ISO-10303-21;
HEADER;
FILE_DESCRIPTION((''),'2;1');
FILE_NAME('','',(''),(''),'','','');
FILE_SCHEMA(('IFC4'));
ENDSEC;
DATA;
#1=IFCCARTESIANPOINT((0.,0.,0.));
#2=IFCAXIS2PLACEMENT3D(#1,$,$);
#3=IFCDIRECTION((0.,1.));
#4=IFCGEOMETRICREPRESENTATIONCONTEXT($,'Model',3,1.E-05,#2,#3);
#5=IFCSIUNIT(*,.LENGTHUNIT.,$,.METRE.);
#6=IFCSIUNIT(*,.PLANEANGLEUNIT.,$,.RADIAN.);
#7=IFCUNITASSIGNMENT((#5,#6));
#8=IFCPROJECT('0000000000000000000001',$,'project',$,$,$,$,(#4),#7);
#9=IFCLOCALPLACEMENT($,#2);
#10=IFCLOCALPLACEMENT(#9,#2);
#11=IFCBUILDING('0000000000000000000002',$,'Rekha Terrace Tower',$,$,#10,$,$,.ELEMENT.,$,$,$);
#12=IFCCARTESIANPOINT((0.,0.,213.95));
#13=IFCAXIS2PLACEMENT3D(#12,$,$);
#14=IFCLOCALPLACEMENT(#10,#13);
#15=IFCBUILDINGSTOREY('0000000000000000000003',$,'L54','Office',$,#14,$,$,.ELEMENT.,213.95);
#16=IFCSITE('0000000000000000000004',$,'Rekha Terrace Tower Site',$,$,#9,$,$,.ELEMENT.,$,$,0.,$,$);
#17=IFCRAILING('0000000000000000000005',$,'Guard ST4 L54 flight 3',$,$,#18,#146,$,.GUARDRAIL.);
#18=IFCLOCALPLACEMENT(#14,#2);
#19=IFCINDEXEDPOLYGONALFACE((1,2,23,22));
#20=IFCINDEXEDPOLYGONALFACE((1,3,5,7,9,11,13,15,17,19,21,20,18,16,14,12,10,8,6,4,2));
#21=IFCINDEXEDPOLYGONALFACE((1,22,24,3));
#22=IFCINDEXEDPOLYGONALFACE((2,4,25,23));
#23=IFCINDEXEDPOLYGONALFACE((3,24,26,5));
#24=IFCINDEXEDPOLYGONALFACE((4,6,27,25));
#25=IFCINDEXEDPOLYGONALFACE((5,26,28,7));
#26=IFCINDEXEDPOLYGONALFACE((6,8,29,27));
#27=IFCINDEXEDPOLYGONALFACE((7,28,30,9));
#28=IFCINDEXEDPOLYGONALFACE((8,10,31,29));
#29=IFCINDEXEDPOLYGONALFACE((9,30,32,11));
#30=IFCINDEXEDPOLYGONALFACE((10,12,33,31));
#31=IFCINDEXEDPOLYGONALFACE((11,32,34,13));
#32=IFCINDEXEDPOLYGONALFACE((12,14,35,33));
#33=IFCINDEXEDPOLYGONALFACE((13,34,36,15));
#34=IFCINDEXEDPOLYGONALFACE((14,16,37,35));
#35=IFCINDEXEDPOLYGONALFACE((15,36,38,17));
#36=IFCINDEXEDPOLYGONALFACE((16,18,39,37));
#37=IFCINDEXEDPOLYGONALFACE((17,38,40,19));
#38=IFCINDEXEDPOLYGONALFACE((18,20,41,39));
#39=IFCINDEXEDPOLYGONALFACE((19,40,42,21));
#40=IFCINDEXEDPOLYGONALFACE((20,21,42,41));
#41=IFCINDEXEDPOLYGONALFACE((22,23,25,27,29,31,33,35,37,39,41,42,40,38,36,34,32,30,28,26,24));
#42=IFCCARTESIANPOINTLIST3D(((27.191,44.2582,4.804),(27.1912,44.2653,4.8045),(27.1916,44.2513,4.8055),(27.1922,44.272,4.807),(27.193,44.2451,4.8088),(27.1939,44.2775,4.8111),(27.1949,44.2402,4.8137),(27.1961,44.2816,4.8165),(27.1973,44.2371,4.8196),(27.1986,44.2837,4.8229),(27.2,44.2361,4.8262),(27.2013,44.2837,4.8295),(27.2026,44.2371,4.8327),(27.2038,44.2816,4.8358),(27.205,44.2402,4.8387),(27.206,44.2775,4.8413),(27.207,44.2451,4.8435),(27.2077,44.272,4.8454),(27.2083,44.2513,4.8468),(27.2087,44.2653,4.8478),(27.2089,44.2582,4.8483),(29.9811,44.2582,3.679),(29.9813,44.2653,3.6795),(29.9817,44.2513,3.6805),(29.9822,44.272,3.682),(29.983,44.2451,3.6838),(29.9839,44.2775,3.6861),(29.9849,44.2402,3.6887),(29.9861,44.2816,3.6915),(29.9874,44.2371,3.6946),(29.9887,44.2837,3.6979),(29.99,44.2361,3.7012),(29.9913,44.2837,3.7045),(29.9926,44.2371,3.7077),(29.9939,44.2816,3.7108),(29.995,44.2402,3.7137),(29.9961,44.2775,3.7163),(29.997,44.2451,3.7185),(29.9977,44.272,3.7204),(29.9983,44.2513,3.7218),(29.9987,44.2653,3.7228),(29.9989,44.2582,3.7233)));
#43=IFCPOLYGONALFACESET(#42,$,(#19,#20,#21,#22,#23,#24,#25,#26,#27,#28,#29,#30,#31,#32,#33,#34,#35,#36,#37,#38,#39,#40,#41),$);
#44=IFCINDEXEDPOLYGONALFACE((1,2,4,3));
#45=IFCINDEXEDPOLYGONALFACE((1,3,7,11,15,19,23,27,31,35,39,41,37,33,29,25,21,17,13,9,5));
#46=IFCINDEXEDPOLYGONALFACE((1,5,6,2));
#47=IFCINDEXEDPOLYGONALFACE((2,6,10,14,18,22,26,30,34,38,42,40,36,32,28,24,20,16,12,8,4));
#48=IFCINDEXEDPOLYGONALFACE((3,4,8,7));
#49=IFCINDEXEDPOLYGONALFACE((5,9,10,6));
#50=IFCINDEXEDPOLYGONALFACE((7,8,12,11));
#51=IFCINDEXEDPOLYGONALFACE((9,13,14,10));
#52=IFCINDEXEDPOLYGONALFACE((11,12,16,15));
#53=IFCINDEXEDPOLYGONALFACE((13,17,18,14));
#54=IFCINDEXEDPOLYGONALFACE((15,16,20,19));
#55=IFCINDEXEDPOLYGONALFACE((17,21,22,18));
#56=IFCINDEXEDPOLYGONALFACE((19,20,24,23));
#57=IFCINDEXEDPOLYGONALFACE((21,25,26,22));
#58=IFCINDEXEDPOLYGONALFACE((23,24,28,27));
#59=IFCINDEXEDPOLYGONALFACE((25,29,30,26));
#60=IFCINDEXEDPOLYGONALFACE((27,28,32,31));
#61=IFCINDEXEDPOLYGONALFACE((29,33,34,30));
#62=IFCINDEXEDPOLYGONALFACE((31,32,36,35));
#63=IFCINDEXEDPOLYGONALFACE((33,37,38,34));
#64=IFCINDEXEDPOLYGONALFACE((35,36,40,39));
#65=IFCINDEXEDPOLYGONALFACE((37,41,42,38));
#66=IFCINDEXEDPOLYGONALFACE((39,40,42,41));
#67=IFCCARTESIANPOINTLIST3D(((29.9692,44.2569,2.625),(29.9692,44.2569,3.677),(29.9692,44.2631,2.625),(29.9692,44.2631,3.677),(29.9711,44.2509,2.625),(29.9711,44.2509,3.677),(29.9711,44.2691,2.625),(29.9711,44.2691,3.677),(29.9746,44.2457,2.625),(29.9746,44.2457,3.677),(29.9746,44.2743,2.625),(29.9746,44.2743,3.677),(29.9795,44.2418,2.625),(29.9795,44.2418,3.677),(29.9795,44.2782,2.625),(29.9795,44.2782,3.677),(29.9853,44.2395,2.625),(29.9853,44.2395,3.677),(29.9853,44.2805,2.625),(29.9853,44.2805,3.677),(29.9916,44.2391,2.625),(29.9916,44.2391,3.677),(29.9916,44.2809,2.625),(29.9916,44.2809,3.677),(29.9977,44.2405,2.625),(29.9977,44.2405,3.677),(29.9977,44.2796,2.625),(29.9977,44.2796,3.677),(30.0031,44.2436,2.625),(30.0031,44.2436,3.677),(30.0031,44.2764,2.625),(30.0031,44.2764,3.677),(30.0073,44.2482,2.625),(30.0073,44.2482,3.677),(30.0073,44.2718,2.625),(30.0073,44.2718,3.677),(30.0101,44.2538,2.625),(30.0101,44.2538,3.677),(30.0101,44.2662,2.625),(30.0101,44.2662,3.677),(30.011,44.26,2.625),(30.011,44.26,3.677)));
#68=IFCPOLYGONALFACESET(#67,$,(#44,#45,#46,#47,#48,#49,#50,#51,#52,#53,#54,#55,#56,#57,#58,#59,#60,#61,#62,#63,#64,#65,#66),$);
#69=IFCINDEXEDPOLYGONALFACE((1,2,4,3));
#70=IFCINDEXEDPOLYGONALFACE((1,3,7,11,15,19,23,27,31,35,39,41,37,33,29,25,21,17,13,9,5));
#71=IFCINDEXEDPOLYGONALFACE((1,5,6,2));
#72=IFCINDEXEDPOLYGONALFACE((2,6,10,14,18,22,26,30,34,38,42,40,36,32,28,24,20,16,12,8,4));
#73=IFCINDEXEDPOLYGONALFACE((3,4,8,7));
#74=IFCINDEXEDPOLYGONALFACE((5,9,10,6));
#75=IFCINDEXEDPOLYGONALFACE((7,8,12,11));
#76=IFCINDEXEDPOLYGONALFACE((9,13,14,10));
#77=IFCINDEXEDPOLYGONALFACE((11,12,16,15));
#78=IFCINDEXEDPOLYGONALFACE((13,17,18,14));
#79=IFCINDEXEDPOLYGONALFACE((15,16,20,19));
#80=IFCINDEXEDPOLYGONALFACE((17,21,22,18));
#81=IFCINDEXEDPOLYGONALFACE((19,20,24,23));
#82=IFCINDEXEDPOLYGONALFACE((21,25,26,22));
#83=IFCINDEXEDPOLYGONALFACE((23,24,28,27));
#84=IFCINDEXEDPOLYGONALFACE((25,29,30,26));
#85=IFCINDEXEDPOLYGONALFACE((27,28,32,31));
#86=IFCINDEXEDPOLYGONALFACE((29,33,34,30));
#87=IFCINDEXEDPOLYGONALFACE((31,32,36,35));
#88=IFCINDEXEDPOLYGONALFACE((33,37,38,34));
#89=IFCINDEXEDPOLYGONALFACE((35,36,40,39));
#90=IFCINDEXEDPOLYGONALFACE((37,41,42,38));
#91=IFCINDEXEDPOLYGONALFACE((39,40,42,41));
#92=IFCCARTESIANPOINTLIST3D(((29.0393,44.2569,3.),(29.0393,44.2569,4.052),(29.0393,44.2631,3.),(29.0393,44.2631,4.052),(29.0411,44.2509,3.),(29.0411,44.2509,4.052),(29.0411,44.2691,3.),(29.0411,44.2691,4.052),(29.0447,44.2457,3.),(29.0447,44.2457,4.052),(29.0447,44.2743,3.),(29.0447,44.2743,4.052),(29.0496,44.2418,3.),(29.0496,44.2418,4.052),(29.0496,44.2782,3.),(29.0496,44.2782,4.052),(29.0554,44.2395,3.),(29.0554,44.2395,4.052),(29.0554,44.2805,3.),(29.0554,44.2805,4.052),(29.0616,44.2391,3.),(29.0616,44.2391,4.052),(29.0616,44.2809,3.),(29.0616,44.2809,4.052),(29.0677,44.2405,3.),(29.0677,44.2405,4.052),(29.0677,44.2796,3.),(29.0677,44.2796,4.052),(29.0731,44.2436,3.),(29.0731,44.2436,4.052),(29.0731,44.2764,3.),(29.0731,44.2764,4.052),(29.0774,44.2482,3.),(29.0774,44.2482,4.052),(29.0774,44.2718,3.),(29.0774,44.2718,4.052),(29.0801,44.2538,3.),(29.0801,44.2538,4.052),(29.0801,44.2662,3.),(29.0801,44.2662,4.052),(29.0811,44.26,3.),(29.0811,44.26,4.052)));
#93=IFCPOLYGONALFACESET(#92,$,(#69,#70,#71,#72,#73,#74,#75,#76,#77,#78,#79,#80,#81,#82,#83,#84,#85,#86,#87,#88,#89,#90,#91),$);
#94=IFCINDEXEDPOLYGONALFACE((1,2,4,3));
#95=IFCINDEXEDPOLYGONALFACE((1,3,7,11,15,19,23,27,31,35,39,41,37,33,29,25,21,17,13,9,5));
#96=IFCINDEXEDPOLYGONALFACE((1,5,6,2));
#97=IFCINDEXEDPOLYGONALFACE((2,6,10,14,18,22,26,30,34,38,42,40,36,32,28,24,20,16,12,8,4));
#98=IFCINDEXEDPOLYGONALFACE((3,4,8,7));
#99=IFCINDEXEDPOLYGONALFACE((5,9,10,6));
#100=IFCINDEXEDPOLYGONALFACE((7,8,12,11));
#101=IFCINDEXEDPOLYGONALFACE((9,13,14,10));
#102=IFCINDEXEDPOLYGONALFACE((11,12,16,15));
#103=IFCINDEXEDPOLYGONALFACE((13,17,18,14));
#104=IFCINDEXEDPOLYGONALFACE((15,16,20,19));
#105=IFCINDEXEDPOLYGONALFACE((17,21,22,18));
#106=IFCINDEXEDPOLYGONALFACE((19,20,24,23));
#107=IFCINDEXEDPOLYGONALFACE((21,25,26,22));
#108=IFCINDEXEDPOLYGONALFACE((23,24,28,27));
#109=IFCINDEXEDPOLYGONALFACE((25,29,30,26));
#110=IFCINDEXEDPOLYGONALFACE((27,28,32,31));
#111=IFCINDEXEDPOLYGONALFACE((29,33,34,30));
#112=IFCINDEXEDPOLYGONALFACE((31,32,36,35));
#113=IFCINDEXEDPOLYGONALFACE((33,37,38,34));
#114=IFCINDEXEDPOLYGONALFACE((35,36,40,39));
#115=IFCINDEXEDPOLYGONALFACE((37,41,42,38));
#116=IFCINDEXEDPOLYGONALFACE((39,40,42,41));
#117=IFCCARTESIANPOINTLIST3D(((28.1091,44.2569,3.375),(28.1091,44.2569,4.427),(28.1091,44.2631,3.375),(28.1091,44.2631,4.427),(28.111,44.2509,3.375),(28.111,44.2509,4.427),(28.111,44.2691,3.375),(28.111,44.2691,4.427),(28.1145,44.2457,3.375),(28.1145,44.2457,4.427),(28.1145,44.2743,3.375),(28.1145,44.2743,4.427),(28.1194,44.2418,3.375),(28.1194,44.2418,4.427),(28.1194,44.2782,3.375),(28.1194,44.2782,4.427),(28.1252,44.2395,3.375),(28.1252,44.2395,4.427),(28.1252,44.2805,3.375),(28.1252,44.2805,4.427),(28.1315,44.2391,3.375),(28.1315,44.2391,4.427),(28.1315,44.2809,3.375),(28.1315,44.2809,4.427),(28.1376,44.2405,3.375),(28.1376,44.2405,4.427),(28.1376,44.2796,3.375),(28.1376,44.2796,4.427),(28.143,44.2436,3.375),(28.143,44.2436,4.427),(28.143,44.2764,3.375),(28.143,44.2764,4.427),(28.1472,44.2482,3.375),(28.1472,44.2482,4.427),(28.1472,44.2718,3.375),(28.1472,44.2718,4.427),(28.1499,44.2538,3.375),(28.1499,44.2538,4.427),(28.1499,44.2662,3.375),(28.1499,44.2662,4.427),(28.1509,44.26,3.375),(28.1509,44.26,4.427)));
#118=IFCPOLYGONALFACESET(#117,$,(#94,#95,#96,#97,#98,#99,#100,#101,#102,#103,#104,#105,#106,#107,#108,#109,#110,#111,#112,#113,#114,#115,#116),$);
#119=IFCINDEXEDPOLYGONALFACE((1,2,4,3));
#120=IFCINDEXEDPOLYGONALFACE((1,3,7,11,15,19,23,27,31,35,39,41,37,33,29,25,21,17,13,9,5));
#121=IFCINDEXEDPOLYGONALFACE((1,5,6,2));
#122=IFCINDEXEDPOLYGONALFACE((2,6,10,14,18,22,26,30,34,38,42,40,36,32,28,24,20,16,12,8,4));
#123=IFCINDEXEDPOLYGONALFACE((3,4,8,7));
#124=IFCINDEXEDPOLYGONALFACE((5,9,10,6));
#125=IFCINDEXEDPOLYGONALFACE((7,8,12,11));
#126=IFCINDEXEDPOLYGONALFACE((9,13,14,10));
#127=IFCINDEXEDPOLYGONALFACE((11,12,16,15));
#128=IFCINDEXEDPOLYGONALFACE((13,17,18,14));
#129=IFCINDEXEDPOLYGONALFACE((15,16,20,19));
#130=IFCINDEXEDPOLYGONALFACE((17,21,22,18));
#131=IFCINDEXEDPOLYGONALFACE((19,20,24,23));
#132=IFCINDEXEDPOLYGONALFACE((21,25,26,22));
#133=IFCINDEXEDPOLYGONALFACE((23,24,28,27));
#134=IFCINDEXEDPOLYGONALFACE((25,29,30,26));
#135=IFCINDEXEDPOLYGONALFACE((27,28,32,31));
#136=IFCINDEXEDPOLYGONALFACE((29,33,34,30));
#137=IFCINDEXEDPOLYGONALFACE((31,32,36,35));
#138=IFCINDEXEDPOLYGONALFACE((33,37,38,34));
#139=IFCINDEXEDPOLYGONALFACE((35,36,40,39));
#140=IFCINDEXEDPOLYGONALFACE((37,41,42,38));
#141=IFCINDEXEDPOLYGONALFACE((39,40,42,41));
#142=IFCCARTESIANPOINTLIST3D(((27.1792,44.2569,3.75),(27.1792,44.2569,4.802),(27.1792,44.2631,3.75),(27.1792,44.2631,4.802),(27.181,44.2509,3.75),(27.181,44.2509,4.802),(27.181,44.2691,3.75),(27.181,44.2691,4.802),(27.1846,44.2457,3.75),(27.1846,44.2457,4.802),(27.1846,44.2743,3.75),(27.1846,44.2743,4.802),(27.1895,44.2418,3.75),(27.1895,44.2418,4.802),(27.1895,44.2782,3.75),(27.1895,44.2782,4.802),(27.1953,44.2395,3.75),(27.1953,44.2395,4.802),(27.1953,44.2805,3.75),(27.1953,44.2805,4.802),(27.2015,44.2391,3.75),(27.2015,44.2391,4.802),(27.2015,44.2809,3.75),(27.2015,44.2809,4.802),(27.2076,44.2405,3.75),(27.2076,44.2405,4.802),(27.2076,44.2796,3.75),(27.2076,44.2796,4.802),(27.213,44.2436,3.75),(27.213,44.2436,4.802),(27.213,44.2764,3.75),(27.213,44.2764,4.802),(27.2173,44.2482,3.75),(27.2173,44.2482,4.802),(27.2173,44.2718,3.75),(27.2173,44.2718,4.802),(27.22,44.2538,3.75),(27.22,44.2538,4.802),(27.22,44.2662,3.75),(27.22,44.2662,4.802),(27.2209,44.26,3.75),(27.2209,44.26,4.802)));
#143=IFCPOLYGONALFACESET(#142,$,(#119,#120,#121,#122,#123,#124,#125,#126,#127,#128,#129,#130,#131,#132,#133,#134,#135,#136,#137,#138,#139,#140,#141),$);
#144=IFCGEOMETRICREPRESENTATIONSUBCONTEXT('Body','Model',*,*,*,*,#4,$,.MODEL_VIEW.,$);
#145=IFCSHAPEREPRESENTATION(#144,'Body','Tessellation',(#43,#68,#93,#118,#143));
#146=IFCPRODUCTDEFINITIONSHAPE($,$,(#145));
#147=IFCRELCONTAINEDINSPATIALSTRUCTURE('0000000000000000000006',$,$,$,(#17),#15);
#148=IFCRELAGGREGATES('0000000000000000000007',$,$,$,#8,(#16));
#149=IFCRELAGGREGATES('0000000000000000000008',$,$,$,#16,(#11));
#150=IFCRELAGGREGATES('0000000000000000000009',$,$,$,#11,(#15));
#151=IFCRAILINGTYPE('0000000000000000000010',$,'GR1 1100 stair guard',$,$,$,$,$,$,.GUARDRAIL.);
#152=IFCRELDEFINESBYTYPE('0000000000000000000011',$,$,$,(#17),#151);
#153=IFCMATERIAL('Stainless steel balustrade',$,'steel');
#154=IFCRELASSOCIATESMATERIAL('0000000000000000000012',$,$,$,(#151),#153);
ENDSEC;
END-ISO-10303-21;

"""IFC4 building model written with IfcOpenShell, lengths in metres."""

from ifc_helpers import new_model, si_unit, direction, frame, origin, origin_2d, place, context, subcontext, project, spatial, circle, extrude, material, type_object, element, save


model = new_model("IFC4")

# Units and contexts
model_context = context("Model", 3, precision=1e-05, world=origin(), true_north=direction((0.0, 1.0)))
body_context = subcontext(model_context, "Body", "Model", "MODEL_VIEW")
ifc_project = project(units=[si_unit("LENGTHUNIT", "METRE"), si_unit("PLANEANGLEUNIT", "RADIAN")], contexts=[model_context])

# Site, building, storey
site_placement = place(None, origin())
site = spatial("IfcSite", under=ifc_project, at=site_placement, Name="Rekha Terrace Tower Site", CompositionType="ELEMENT", RefElevation=0.0)
building_placement = place(site_placement, origin())
building = spatial("IfcBuilding", under=site, at=building_placement, Name="Rekha Terrace Tower", CompositionType="ELEMENT")
storey_placement = place(building_placement, frame((0.0, 0.0, 213.95)))
storey = spatial("IfcBuildingStorey", under=building, at=storey_placement, Name="L54", Description="Office", CompositionType="ELEMENT", Elevation=213.95)

# Railing
ifc_material_1 = material(Name="Stainless steel balustrade", Category="steel")
railing_type_1 = type_object("IfcRailingType", Name="GR1 1100 stair guard", PredefinedType="GUARDRAIL", material=ifc_material_1)
railing_1_placement = place(storey_placement, frame((29.99, 44.26, 2.625)))
element("IfcRailing", 1, at=railing_1_placement, inside=storey, type_object=railing_type_1, Name="Guard ST4 L54 flight 3", PredefinedType="GUARDRAIL", context=body_context, shape_type="SweptSolid", body=[
    extrude(circle(Radius=0.0239, at=origin_2d()), frame((0.0, 0.0, 1.0762), z_axis=(-0.927443, 0.0, 0.373964), x_axis=(0.0, -1.0, 0.0)), (0.0, 0.0, 1.0), 3.0083),
    extrude(circle(Radius=0.021, at=origin_2d()), origin(), (0.0, 0.0, 1.0), 1.052),
    extrude(circle(Radius=0.021, at=origin_2d()), frame((-0.9299, 0.0, 0.375)), (0.0, 0.0, 1.0), 1.052),
    extrude(circle(Radius=0.021, at=origin_2d()), frame((-1.8601, 0.0, 0.75)), (0.0, 0.0, 1.0), 1.052),
    extrude(circle(Radius=0.021, at=origin_2d()), frame((-2.79, 0.0, 1.125)), (0.0, 0.0, 1.0), 1.052),
])

save(model, "model.ifc")
